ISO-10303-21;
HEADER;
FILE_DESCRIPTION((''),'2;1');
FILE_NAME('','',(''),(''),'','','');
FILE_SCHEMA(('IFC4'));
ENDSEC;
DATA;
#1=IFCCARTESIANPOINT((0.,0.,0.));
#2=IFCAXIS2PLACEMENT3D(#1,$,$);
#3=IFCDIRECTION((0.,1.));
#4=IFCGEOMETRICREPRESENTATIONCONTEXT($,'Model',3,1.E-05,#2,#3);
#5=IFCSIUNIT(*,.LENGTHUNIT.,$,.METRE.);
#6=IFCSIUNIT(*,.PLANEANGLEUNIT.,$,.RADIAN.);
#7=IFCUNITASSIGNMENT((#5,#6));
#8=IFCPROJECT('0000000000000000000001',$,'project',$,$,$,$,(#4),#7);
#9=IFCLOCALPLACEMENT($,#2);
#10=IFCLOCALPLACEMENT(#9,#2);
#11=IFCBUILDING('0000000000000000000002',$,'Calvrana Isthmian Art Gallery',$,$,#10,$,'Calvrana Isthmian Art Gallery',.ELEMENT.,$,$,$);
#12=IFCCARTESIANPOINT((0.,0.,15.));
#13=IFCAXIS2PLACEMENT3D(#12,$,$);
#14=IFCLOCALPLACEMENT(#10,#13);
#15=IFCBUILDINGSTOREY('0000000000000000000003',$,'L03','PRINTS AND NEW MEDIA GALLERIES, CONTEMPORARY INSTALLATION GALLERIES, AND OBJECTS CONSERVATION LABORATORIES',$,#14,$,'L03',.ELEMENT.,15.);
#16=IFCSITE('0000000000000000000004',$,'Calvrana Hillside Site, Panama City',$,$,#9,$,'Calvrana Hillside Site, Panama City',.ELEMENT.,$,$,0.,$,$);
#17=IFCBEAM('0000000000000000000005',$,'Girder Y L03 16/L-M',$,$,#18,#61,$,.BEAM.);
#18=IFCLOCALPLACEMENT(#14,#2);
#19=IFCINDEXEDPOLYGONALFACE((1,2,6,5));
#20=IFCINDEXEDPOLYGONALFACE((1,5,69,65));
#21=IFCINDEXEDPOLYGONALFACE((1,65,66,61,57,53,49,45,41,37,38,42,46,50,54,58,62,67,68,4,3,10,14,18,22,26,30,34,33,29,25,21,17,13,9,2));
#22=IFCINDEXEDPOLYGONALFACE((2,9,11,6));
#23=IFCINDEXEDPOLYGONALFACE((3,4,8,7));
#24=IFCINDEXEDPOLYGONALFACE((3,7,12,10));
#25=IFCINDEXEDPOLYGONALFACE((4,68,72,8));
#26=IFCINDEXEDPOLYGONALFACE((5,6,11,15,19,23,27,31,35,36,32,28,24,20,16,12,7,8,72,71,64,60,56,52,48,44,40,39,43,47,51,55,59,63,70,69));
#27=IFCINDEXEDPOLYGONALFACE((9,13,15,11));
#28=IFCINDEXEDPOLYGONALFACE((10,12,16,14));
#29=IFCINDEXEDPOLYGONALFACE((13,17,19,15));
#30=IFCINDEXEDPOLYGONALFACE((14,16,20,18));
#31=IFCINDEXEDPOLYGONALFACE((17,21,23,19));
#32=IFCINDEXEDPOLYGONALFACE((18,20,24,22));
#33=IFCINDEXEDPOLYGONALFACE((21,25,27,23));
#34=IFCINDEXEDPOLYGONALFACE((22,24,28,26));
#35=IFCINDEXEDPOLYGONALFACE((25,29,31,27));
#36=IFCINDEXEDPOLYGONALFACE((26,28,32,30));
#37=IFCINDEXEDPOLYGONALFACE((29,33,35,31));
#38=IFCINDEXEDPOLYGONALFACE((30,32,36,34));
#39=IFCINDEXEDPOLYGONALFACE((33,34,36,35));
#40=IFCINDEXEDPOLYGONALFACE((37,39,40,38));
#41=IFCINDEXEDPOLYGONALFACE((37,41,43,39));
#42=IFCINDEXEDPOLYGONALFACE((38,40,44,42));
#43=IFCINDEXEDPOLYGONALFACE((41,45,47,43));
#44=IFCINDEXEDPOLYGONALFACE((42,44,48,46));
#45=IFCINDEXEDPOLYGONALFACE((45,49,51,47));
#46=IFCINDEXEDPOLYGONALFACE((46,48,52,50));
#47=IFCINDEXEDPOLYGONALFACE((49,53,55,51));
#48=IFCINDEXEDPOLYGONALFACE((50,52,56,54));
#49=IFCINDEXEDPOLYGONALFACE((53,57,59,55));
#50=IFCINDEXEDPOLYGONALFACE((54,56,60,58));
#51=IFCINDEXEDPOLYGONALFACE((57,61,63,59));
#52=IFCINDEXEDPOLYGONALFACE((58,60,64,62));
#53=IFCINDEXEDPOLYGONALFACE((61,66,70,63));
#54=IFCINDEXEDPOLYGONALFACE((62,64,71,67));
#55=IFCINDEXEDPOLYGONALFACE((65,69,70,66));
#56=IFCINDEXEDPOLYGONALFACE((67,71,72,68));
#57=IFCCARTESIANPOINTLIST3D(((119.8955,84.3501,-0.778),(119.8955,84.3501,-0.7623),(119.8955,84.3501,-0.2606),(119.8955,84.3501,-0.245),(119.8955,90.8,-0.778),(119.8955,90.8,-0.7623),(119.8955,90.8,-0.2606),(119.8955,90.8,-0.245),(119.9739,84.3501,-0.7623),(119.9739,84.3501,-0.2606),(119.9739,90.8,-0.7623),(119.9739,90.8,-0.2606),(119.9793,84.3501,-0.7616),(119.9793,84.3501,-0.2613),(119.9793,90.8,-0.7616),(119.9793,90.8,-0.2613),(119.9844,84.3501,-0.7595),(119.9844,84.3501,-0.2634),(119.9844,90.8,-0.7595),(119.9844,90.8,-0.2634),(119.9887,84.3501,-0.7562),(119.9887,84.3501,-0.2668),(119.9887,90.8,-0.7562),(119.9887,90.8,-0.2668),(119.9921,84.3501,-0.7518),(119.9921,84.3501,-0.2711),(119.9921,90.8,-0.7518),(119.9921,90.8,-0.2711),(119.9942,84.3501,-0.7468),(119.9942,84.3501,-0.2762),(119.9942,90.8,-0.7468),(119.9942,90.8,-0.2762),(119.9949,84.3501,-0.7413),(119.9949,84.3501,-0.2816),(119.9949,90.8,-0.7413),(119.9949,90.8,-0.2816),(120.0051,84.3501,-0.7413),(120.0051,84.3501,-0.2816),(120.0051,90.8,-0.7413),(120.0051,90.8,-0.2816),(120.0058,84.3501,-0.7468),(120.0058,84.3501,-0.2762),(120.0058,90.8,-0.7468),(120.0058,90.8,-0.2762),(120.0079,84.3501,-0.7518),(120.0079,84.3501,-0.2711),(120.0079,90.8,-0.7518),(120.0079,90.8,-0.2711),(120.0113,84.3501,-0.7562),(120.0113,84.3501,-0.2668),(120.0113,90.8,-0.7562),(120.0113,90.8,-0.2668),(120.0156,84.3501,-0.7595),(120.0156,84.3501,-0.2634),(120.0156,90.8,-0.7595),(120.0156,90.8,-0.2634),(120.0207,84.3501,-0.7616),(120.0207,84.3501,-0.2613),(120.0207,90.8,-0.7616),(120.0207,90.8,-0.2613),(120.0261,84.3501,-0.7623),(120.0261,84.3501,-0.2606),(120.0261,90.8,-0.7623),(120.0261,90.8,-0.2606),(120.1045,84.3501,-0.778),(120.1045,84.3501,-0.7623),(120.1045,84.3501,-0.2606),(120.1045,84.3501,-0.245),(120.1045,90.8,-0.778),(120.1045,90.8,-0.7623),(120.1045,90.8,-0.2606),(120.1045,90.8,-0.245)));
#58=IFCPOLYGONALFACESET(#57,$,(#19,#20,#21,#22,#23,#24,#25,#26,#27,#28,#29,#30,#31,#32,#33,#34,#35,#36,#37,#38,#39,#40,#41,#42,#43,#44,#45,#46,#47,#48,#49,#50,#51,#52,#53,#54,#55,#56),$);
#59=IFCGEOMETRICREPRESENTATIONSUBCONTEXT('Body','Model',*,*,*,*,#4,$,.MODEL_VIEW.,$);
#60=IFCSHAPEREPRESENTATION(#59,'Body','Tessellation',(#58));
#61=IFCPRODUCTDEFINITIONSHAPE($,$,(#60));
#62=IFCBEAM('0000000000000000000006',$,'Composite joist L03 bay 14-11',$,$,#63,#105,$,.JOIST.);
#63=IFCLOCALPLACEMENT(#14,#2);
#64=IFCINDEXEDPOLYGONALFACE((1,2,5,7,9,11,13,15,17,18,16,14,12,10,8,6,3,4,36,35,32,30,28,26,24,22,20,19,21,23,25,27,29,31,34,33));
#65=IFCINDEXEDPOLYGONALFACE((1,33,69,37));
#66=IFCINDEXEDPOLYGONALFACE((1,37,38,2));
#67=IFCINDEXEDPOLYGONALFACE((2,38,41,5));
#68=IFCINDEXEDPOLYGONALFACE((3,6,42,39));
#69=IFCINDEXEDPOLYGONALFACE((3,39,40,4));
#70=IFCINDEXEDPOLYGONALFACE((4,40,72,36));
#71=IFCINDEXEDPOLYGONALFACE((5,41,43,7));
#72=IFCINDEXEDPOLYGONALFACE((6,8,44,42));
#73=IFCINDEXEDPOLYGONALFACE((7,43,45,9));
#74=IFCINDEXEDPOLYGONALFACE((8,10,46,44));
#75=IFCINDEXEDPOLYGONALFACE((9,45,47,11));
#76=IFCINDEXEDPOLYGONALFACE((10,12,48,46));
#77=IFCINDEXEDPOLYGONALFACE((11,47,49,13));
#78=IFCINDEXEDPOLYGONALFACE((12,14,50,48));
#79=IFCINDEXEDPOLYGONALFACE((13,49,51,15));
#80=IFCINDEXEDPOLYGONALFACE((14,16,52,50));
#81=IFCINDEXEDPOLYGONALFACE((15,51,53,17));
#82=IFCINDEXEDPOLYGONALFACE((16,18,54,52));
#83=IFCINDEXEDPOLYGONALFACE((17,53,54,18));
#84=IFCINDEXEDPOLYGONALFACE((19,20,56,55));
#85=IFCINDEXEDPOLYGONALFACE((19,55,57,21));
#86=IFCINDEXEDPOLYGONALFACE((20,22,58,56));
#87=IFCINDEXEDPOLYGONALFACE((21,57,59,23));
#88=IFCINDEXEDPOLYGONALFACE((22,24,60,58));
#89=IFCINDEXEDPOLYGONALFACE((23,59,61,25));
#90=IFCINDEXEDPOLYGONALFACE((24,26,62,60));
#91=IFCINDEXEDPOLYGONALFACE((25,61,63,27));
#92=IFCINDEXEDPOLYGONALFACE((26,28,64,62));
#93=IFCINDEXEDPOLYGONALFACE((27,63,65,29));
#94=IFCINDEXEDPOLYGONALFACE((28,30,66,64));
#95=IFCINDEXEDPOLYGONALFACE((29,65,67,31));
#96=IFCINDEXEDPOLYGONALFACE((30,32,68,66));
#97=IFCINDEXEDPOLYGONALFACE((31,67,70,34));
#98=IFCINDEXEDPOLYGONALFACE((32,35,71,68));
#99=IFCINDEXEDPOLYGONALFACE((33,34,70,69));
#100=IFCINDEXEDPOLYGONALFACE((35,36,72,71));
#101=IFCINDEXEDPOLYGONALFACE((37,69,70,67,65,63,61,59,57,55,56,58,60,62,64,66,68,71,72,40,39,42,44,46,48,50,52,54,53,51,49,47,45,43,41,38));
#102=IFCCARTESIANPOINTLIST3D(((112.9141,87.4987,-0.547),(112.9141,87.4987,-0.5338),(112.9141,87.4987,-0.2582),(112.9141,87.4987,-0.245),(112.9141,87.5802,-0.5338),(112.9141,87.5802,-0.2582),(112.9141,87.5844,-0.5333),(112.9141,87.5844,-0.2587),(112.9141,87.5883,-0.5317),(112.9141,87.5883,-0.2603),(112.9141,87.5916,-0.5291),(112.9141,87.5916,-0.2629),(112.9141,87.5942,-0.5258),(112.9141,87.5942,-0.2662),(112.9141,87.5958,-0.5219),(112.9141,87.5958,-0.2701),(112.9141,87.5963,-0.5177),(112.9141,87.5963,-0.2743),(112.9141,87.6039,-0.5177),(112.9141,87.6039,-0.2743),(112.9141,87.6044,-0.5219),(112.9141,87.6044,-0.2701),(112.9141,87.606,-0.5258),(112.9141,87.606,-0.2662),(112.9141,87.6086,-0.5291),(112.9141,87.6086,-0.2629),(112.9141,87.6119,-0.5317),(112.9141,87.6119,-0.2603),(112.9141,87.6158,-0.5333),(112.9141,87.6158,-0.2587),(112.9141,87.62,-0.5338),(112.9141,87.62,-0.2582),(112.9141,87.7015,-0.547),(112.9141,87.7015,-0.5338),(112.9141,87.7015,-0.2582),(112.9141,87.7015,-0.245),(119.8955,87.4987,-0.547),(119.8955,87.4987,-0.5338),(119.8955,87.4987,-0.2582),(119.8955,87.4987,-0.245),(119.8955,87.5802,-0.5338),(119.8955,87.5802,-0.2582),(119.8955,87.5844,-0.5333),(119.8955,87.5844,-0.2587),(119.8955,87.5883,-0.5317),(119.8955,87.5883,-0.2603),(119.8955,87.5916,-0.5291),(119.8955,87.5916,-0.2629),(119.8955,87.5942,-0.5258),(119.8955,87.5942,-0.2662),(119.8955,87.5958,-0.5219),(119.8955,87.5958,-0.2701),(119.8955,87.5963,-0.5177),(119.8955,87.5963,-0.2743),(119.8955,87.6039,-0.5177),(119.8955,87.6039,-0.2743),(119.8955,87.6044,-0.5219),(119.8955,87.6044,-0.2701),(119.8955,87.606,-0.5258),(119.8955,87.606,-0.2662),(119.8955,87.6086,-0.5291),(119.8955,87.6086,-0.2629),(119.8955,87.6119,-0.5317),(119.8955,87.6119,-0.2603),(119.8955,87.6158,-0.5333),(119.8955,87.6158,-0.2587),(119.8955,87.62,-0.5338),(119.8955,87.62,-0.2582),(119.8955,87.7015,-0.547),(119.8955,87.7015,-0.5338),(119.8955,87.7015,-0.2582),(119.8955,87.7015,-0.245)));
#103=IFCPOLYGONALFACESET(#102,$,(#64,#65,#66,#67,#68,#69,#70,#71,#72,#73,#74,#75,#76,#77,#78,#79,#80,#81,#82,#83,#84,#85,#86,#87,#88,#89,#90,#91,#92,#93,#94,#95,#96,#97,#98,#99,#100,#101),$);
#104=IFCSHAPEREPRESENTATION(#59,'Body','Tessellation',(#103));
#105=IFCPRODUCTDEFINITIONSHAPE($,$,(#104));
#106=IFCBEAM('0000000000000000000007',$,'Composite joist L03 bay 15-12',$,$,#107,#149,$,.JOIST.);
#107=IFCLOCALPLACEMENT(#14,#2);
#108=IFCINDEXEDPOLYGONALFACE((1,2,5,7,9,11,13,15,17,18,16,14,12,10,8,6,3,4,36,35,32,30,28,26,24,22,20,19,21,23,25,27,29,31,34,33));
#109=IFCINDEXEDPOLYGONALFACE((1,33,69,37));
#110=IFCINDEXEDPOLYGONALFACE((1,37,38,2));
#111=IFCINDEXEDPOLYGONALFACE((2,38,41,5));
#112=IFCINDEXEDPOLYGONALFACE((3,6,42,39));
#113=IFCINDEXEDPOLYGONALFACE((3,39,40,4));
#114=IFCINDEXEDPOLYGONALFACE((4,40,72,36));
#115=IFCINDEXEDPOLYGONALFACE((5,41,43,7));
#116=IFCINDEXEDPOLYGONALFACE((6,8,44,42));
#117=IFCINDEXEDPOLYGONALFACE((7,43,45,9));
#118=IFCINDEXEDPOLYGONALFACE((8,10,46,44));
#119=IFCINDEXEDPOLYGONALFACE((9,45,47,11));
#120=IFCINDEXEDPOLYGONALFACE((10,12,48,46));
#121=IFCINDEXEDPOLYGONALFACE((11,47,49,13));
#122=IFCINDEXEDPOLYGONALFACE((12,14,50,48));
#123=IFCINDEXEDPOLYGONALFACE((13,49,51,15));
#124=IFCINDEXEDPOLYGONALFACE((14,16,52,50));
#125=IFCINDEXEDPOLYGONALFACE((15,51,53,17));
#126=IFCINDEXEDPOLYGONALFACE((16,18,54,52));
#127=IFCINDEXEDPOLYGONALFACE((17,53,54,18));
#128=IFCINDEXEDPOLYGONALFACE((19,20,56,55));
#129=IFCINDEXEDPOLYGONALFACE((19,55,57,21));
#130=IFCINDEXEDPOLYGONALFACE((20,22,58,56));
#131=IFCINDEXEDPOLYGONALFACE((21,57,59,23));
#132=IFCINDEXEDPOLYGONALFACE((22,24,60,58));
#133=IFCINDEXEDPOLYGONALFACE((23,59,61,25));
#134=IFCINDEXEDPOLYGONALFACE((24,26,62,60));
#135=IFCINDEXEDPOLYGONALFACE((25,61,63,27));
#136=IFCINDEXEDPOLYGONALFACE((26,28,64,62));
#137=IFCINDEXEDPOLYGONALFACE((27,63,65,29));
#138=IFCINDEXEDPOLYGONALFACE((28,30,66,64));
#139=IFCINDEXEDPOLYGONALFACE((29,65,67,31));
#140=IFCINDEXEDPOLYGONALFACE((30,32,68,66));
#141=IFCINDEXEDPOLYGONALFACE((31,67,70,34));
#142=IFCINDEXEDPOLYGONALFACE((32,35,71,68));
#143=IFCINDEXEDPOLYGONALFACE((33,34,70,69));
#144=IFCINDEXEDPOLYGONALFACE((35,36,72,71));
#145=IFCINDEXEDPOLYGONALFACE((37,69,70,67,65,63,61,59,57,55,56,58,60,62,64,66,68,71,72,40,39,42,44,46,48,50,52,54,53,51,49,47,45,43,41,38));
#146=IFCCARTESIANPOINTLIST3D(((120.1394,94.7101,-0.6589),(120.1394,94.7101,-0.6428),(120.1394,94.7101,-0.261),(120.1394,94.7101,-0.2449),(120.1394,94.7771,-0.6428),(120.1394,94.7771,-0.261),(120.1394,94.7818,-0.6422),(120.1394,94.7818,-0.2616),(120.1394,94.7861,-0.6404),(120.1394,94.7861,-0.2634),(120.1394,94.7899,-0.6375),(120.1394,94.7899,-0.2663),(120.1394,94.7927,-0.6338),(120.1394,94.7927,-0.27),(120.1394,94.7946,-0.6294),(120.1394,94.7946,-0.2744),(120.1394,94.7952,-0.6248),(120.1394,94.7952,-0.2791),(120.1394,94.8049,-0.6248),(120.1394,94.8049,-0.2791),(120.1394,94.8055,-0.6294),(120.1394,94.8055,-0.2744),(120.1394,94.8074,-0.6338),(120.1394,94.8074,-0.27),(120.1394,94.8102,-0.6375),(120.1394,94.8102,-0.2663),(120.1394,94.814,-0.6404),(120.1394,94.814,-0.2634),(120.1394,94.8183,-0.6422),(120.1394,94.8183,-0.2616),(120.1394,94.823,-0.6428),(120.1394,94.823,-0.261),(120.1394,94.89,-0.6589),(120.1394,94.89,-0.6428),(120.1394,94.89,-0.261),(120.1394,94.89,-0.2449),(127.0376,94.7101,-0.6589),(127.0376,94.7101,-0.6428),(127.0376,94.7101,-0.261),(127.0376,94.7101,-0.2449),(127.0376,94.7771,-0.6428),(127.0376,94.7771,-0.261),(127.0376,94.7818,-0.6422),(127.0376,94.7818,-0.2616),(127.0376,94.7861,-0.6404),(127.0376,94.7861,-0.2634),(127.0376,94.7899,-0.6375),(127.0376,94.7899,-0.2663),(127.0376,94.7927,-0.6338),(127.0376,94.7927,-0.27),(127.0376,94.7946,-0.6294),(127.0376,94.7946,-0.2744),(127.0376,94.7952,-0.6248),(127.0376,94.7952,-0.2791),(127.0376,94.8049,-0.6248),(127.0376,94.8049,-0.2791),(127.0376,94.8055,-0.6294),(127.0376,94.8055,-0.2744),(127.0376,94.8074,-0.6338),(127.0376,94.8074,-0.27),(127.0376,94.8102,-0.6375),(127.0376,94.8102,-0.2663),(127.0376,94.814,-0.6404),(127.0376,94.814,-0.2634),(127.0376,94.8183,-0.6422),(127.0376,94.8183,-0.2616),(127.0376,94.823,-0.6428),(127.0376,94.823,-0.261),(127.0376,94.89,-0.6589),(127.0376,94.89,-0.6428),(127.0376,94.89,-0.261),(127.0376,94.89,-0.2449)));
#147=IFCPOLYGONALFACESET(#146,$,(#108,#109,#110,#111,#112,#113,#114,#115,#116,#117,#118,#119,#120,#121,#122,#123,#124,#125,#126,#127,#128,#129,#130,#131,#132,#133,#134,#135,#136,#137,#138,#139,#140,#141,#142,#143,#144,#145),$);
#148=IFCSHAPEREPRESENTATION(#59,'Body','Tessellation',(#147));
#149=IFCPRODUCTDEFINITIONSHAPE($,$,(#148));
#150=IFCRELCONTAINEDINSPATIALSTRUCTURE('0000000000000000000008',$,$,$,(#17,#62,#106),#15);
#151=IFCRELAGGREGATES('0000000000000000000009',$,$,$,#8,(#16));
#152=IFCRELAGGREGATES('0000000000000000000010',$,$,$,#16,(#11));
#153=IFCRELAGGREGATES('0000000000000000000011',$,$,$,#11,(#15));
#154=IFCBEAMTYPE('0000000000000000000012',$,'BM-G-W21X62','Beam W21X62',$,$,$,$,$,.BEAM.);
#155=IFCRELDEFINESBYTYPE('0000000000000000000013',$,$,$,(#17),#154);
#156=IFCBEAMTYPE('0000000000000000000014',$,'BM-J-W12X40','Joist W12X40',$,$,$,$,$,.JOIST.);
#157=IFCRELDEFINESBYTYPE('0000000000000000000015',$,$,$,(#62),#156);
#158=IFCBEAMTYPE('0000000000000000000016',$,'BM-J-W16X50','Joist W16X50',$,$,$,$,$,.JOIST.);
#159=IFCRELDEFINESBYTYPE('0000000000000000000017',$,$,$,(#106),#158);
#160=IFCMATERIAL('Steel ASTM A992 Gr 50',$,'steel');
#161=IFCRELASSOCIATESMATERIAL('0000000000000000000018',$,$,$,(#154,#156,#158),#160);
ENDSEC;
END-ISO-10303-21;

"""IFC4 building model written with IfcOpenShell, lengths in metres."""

from ifc_helpers import new_model, si_unit, direction, frame, origin, origin_2d, place, context, subcontext, project, spatial, i_section, extrude, material, material_profile, profile_set, type_object, element, save


model = new_model("IFC4")

# Units and contexts
model_context = context("Model", 3, precision=1e-05, world=origin(), true_north=direction((0.0, 1.0)))
body_context = subcontext(model_context, "Body", "Model", "MODEL_VIEW")
ifc_project = project(units=[si_unit("LENGTHUNIT", "METRE"), si_unit("PLANEANGLEUNIT", "RADIAN")], contexts=[model_context])

# Site, building, storey
site_placement = place(None, origin())
site = spatial("IfcSite", under=ifc_project, at=site_placement, Name="Calvrana Hillside Site, Panama City", LongName="Calvrana Hillside Site, Panama City", CompositionType="ELEMENT", RefElevation=0.0)
building_placement = place(site_placement, origin())
building = spatial("IfcBuilding", under=site, at=building_placement, Name="Calvrana Isthmian Art Gallery", LongName="Calvrana Isthmian Art Gallery", CompositionType="ELEMENT")
storey_placement = place(building_placement, frame((0.0, 0.0, 15.0)))
storey = spatial("IfcBuildingStorey", under=building, at=storey_placement, Name="L03", Description="PRINTS AND NEW MEDIA GALLERIES, CONTEMPORARY INSTALLATION GALLERIES, AND OBJECTS CONSERVATION LABORATORIES", LongName="L03", CompositionType="ELEMENT", Elevation=15.0)

# Beams
ifc_material_1 = material(Name="Steel ASTM A992 Gr 50", Category="steel")
ifc_material_profile_1 = material_profile(ifc_material_1, i_section(OverallWidth=0.209, OverallDepth=0.533, WebThickness=0.0103, FlangeThickness=0.0156, FilletRadius=0.021, at=origin_2d()), Name="W21X62")
ifc_profile_set_1 = profile_set([ifc_material_profile_1], Name="Steel ASTM A992 Gr 50")
beam_type_1 = type_object("IfcBeamType", Name="BM-G-W21X62", Description="Beam W21X62", PredefinedType="BEAM", material=ifc_profile_set_1)
beam_1_placement = place(storey_placement, frame((120.0, 84.3501, -0.5115), z_axis=(0.0, 1.0, 0.0), x_axis=(-1.0, 0.0, 0.0)))
element("IfcBeam", 1, at=beam_1_placement, inside=storey, type_object=beam_type_1, Name="Girder Y L03 16/L-M", PredefinedType="BEAM", context=body_context, shape_type="SweptSolid", body=[
    extrude(i_section(OverallWidth=0.209, OverallDepth=0.533, WebThickness=0.0103, FlangeThickness=0.0156, FilletRadius=0.021, at=origin_2d()), origin(), (0.0, 0.0, 1.0), 6.45),
])
ifc_material_profile_2 = material_profile(ifc_material_1, i_section(OverallWidth=0.2029, OverallDepth=0.302, WebThickness=0.0076, FlangeThickness=0.0132, FilletRadius=0.0161, at=origin_2d()), Name="W12X40")
ifc_profile_set_2 = profile_set([ifc_material_profile_2], Name="Steel ASTM A992 Gr 50")
beam_type_2 = type_object("IfcBeamType", Name="BM-J-W12X40", Description="Joist W12X40", PredefinedType="JOIST", material=ifc_profile_set_2)
beam_2_placement = place(storey_placement, frame((112.9141, 87.6001, -0.396), z_axis=(1.0, 0.0, 0.0), x_axis=(0.0, 1.0, 0.0)))
element("IfcBeam", 2, at=beam_2_placement, inside=storey, type_object=beam_type_2, Name="Composite joist L03 bay 14-11", PredefinedType="JOIST", context=body_context, shape_type="SweptSolid", body=[
    extrude(i_section(OverallWidth=0.2029, OverallDepth=0.302, WebThickness=0.0076, FlangeThickness=0.0132, FilletRadius=0.0161, at=origin_2d()), origin(), (0.0, 0.0, 1.0), 6.9814),
])
ifc_material_profile_3 = material_profile(ifc_material_1, i_section(OverallWidth=0.1799, OverallDepth=0.4141, WebThickness=0.0098, FlangeThickness=0.0161, FilletRadius=0.0181, at=origin_2d()), Name="W16X50")
ifc_profile_set_3 = profile_set([ifc_material_profile_3], Name="Steel ASTM A992 Gr 50")
beam_type_3 = type_object("IfcBeamType", Name="BM-J-W16X50", Description="Joist W16X50", PredefinedType="JOIST", material=ifc_profile_set_3)
beam_3_placement = place(storey_placement, frame((120.1394, 94.8, -0.4519), z_axis=(1.0, 0.0, 0.0), x_axis=(0.0, 1.0, 0.0)))
element("IfcBeam", 3, at=beam_3_placement, inside=storey, type_object=beam_type_3, Name="Composite joist L03 bay 15-12", PredefinedType="JOIST", context=body_context, shape_type="SweptSolid", body=[
    extrude(i_section(OverallWidth=0.1799, OverallDepth=0.4141, WebThickness=0.0098, FlangeThickness=0.0161, FilletRadius=0.0181, at=origin_2d()), origin(), (0.0, 0.0, 1.0), 6.8982),
])

save(model, "model.ifc")
